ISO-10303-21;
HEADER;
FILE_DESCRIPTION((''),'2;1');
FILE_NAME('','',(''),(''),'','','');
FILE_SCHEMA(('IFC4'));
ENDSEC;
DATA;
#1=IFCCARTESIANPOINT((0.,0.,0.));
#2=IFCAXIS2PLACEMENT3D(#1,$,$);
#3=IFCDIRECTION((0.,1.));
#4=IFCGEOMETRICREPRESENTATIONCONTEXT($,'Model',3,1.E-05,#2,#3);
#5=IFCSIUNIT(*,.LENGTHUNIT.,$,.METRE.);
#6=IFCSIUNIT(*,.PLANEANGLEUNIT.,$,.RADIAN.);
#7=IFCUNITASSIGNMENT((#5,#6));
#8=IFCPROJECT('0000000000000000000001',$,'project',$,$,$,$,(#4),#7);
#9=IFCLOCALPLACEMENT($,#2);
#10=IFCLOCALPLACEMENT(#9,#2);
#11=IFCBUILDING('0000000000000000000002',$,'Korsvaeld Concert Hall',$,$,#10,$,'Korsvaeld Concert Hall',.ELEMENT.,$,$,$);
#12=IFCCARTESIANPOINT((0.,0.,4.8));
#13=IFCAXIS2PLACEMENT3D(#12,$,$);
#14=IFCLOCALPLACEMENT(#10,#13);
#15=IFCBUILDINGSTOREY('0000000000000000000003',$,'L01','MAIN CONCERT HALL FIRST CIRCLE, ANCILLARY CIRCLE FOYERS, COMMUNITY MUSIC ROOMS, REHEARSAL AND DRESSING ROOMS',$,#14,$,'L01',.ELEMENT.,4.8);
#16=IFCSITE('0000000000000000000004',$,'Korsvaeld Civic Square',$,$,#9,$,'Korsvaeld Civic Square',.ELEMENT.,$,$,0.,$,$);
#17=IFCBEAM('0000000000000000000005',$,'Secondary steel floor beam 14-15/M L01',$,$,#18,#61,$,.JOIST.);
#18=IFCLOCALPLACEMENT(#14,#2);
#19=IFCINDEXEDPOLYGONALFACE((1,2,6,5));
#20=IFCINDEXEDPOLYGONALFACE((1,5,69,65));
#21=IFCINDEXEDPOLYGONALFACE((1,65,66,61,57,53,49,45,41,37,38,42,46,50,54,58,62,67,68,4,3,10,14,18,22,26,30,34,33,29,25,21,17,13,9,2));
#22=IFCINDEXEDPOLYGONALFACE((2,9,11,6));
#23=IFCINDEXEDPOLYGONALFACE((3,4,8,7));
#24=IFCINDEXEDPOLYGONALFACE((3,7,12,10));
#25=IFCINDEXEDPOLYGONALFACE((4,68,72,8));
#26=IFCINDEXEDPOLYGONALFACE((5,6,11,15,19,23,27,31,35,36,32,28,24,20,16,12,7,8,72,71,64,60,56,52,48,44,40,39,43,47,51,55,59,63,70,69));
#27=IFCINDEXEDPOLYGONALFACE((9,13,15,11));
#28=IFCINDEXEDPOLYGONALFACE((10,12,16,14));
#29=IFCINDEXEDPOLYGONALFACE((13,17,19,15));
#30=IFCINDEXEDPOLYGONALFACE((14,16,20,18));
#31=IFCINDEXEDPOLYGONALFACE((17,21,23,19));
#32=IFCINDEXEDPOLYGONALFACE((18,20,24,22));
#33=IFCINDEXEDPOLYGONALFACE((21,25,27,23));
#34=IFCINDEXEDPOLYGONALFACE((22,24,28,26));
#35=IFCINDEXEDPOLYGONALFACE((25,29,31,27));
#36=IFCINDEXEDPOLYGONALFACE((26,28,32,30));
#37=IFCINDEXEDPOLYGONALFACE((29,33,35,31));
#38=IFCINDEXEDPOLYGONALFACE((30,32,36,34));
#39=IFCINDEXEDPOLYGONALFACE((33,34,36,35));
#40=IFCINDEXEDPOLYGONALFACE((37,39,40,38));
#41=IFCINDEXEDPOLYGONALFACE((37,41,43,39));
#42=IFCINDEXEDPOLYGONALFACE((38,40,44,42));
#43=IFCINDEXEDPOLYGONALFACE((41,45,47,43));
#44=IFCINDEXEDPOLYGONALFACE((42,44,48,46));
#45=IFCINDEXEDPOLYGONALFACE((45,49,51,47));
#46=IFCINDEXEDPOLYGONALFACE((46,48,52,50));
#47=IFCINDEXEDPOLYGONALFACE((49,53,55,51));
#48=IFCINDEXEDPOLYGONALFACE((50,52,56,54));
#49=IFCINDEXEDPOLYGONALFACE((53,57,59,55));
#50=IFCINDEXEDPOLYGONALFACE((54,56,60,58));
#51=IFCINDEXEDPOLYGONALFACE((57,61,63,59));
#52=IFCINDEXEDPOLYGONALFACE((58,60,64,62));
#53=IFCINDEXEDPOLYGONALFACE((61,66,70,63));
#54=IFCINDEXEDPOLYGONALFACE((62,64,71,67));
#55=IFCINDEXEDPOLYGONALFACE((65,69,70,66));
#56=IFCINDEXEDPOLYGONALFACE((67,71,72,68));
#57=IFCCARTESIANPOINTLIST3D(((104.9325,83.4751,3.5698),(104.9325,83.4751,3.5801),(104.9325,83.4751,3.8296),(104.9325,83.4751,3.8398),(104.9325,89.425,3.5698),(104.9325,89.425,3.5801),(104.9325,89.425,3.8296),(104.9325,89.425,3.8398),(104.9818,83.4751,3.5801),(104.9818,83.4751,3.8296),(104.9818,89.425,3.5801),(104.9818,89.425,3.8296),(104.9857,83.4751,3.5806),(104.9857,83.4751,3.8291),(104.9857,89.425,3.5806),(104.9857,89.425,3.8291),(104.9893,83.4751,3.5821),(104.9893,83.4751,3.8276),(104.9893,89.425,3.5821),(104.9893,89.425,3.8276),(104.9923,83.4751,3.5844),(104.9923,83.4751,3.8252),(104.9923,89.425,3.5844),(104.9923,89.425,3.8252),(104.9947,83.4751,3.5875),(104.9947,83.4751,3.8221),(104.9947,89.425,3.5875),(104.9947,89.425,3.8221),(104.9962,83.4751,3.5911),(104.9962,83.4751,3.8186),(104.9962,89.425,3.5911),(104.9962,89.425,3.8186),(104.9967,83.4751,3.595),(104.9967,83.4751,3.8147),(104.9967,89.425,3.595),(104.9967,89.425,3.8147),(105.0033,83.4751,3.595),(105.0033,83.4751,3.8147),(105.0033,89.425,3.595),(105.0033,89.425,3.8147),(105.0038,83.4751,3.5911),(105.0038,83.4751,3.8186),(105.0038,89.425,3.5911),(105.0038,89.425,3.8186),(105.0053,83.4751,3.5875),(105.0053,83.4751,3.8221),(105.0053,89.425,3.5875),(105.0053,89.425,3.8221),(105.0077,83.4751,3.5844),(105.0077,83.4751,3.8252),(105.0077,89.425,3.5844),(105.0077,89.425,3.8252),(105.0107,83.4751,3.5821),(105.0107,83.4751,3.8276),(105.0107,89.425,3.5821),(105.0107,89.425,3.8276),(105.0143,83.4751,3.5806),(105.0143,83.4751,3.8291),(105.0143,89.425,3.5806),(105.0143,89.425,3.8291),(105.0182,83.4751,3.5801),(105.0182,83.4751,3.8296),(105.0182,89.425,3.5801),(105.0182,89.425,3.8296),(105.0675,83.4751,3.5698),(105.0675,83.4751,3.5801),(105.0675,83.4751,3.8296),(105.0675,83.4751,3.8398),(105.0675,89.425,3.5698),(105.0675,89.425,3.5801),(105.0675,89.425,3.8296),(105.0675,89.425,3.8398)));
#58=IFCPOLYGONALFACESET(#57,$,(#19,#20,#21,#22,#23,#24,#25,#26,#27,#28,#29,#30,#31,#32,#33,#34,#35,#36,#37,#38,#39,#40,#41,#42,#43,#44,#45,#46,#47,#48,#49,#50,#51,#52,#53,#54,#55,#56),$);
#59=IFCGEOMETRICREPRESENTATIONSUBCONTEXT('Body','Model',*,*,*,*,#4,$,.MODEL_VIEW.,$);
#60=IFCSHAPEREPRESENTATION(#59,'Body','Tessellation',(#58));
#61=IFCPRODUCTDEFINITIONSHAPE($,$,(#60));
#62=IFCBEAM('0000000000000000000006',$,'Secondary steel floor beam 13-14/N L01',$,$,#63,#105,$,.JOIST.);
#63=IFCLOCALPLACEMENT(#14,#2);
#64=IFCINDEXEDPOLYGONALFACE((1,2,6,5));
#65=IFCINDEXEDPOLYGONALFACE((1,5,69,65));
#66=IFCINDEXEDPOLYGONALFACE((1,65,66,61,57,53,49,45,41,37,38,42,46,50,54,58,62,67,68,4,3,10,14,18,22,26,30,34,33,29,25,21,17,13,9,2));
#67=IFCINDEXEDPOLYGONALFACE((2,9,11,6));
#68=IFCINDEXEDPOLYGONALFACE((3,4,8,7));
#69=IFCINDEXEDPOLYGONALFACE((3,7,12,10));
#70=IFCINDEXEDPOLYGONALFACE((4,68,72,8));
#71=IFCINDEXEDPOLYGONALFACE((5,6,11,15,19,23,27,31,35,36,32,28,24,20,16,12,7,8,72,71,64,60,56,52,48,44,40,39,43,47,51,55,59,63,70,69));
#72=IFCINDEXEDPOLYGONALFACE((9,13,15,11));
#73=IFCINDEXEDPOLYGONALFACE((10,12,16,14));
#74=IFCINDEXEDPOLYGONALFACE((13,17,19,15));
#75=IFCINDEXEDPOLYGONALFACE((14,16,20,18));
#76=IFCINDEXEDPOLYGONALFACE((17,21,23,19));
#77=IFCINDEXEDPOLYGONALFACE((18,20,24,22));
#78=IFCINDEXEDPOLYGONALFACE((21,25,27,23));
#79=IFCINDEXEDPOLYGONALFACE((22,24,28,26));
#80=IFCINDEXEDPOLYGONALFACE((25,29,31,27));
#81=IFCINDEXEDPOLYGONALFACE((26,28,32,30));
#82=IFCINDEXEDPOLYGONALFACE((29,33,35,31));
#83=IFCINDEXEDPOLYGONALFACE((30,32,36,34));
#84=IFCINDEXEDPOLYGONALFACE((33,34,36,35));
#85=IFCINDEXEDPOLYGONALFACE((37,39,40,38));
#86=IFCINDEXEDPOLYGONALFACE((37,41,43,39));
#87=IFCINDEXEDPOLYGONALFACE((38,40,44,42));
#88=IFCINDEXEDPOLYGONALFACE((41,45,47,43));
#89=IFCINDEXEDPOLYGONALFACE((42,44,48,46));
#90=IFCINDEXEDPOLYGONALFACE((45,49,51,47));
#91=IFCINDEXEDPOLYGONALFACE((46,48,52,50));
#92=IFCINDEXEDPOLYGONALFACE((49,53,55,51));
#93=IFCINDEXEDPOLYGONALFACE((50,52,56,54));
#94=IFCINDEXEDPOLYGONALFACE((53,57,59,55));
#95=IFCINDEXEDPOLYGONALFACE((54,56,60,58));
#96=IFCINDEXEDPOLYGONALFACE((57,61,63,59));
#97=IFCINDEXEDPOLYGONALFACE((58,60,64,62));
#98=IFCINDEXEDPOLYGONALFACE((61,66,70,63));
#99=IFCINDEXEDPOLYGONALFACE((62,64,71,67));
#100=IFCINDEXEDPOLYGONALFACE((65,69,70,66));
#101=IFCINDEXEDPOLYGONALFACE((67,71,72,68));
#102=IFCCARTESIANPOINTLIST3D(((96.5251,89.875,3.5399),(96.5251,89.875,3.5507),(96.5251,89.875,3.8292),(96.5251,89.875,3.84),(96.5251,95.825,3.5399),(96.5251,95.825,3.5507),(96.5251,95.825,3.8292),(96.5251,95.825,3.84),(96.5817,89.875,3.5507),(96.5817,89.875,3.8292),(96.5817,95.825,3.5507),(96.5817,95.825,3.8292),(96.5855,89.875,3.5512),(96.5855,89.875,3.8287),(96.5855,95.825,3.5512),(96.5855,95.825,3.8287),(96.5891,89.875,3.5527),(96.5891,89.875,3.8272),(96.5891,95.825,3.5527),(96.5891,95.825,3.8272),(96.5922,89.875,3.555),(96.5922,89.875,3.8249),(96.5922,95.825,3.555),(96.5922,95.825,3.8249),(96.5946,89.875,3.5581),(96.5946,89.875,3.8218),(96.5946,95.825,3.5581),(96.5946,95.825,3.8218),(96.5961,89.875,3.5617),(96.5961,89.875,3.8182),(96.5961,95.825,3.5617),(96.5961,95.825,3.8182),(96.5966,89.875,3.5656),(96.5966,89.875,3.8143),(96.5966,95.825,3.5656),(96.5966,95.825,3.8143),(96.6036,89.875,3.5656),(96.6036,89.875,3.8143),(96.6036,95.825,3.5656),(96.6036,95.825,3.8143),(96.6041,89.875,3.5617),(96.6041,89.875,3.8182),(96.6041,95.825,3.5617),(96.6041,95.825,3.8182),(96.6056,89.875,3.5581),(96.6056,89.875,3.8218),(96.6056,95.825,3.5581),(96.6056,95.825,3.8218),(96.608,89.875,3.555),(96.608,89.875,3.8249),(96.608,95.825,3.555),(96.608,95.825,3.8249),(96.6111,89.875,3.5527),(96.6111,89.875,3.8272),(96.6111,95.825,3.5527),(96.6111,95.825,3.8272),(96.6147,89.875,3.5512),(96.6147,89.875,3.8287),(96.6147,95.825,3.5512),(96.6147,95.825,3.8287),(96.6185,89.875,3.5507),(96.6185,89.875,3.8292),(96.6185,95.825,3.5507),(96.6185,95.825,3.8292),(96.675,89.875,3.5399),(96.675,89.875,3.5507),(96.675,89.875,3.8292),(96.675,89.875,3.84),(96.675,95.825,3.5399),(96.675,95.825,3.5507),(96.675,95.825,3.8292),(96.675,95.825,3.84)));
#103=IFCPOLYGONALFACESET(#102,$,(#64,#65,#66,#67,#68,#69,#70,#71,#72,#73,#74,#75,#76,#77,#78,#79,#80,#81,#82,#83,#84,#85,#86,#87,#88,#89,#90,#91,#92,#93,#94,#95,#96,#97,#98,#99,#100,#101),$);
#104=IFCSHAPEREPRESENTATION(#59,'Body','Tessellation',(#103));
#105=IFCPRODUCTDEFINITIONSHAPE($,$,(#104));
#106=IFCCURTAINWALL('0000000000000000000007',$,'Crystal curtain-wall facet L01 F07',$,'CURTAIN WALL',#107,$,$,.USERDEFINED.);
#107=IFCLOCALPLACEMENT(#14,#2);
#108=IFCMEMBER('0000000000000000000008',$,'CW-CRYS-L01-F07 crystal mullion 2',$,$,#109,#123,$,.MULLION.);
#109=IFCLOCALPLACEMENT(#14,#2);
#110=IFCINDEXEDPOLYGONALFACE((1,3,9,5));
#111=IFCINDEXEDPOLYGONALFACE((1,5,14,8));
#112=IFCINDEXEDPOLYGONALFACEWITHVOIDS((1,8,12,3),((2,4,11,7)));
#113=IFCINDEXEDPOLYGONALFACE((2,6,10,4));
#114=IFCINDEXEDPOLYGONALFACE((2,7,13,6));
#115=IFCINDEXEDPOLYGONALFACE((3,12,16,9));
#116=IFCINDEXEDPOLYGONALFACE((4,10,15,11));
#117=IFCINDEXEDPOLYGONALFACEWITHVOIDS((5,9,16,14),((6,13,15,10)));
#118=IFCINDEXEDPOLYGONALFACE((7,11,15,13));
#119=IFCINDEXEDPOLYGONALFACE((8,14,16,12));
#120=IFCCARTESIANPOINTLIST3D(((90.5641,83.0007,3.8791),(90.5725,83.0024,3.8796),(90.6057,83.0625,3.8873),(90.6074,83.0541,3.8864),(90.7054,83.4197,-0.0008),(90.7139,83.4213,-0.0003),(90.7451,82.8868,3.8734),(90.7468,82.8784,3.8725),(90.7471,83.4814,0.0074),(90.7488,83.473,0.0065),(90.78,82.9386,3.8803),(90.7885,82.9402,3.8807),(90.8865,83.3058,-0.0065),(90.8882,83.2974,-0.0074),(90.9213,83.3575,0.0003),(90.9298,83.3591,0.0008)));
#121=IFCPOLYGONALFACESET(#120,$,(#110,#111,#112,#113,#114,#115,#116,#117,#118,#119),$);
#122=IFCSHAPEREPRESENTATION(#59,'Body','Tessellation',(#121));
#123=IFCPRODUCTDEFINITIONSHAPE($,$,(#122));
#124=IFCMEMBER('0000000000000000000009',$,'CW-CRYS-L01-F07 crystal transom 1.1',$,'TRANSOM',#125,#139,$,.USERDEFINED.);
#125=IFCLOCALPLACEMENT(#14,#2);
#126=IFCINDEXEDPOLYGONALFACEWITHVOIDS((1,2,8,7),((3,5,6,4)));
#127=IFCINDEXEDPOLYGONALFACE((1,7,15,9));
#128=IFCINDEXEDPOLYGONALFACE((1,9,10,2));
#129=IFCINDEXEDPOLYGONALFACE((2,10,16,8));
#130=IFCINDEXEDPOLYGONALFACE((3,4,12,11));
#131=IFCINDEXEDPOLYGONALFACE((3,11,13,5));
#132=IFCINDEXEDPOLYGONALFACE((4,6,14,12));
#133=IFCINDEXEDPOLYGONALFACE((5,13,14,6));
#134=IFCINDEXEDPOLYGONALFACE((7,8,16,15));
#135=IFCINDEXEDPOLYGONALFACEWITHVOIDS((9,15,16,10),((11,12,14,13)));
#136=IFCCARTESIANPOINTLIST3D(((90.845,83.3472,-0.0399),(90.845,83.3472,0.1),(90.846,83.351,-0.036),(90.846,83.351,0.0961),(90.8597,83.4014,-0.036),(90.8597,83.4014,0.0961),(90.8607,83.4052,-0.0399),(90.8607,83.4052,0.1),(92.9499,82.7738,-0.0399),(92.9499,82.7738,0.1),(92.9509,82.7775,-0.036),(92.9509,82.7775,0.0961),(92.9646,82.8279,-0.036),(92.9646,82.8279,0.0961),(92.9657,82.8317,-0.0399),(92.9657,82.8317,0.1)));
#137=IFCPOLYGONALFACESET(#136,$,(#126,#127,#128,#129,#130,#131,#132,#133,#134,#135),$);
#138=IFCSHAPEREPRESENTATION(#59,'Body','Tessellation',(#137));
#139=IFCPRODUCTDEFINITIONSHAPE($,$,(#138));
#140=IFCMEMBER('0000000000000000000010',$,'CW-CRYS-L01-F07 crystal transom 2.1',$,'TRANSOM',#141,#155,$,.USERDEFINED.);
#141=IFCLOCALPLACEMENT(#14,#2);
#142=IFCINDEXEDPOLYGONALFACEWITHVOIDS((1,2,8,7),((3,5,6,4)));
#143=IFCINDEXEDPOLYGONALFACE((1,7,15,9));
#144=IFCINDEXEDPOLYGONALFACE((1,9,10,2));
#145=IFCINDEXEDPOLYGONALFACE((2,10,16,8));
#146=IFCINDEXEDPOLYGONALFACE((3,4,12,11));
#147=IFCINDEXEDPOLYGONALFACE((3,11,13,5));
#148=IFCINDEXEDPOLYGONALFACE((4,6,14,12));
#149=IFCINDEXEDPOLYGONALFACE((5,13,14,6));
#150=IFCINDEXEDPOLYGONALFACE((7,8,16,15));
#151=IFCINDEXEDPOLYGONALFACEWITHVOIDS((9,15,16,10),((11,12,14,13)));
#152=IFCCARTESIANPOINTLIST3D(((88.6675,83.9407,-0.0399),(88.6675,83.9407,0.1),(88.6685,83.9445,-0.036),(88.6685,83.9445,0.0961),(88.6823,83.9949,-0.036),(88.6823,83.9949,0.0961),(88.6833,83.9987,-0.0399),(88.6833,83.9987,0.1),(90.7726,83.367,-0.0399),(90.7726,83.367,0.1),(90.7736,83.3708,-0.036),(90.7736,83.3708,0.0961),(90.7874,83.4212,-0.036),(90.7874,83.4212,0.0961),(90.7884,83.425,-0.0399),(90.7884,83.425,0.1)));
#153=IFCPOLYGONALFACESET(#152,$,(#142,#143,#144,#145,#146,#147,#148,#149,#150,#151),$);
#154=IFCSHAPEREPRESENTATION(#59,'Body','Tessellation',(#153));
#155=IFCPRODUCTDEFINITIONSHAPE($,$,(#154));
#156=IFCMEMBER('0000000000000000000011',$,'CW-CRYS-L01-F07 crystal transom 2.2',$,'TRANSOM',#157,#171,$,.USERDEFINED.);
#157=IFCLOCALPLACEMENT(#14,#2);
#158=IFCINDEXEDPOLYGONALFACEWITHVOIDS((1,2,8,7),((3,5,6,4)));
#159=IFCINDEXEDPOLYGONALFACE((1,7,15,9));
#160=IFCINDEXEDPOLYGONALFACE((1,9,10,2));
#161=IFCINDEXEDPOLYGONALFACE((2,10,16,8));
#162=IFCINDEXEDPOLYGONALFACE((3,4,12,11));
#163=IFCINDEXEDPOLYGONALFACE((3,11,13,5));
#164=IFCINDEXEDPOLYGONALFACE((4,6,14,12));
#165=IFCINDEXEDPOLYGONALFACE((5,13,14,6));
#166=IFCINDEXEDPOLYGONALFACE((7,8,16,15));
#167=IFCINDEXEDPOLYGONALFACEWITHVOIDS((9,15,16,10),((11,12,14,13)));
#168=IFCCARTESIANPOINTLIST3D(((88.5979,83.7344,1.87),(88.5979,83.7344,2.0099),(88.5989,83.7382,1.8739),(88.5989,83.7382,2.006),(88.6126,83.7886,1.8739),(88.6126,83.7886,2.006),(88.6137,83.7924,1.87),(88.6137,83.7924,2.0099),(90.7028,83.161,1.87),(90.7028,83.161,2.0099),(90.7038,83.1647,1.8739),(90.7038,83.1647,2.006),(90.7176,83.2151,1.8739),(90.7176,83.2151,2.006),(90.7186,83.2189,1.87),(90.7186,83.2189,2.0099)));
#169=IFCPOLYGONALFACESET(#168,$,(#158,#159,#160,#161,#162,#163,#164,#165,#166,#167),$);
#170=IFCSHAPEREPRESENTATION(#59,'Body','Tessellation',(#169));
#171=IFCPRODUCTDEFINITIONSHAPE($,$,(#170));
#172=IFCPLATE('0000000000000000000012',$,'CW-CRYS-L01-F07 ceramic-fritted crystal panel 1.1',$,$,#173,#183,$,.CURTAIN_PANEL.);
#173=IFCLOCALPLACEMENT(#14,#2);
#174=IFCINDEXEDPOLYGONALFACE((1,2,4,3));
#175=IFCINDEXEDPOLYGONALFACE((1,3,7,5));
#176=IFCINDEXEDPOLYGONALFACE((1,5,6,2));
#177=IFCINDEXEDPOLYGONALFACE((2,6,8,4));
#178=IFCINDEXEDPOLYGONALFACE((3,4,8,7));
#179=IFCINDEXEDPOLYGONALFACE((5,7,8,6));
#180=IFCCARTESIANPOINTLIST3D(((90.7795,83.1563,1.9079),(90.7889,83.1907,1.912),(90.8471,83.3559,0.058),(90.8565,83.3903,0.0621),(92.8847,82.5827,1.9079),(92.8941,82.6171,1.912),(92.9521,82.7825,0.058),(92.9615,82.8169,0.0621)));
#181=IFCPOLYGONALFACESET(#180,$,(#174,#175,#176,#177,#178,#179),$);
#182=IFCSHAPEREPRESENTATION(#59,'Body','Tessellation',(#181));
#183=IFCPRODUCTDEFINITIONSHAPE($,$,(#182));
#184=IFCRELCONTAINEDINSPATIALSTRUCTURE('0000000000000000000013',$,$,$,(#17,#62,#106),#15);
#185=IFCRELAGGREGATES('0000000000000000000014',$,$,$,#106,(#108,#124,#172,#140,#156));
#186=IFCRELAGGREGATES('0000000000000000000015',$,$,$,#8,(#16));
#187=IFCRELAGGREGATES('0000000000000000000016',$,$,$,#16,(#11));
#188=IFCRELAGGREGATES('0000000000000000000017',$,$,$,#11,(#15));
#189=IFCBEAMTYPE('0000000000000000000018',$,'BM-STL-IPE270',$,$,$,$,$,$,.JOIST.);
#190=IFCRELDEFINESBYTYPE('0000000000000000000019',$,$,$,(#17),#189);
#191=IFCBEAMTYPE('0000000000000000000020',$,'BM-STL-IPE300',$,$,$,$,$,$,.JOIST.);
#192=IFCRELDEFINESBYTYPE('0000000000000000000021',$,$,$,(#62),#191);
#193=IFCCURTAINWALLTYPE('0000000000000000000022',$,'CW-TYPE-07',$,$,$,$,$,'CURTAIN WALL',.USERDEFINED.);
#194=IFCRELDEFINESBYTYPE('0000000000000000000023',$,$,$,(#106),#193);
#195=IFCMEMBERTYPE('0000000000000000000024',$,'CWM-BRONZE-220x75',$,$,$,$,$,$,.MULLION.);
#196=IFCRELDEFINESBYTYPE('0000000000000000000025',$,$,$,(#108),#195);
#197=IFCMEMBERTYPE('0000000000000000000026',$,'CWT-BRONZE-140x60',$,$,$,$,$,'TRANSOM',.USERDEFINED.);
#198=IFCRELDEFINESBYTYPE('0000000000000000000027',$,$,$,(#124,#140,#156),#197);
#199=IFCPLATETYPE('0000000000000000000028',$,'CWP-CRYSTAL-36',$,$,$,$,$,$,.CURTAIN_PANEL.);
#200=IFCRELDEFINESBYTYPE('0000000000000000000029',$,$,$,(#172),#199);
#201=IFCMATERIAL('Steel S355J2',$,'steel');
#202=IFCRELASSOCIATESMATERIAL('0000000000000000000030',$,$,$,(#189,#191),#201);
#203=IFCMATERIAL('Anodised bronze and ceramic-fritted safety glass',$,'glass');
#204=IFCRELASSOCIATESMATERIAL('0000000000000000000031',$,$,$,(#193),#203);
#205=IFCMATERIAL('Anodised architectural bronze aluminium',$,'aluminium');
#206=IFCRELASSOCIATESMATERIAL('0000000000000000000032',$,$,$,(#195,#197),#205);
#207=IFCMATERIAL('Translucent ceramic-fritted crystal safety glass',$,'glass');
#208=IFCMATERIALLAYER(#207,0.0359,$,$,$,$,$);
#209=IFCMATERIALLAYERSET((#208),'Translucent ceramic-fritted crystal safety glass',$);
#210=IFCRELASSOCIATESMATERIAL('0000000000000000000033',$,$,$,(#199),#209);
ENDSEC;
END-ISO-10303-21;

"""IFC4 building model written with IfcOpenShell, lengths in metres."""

from ifc_helpers import new_model, si_unit, direction, frame, origin, origin_2d, place, context, subcontext, project, spatial, polyline, hollow_rectangle, i_section, outline, extrude, material, layer, layer_set, material_profile, profile_set, type_object, element, aggregate, save


model = new_model("IFC4")

# Units and contexts
model_context = context("Model", 3, precision=1e-05, world=origin(), true_north=direction((0.0, 1.0)))
body_context = subcontext(model_context, "Body", "Model", "MODEL_VIEW")
ifc_project = project(units=[si_unit("LENGTHUNIT", "METRE"), si_unit("PLANEANGLEUNIT", "RADIAN")], contexts=[model_context])

# Site, building, storey
site_placement = place(None, origin())
site = spatial("IfcSite", under=ifc_project, at=site_placement, Name="Korsvaeld Civic Square", LongName="Korsvaeld Civic Square", CompositionType="ELEMENT", RefElevation=0.0)
building_placement = place(site_placement, origin())
building = spatial("IfcBuilding", under=site, at=building_placement, Name="Korsvaeld Concert Hall", LongName="Korsvaeld Concert Hall", CompositionType="ELEMENT")
storey_placement = place(building_placement, frame((0.0, 0.0, 4.8)))
storey = spatial("IfcBuildingStorey", under=building, at=storey_placement, Name="L01", Description="MAIN CONCERT HALL FIRST CIRCLE, ANCILLARY CIRCLE FOYERS, COMMUNITY MUSIC ROOMS, REHEARSAL AND DRESSING ROOMS", LongName="L01", CompositionType="ELEMENT", Elevation=4.8)

# Beams
ifc_material_1 = material(Name="Steel S355J2", Category="steel")
ifc_material_profile_1 = material_profile(ifc_material_1, i_section(OverallWidth=0.135, OverallDepth=0.27, WebThickness=0.0066, FlangeThickness=0.0103, FilletRadius=0.0149, at=origin_2d()), Name="IPE 270")
ifc_profile_set_1 = profile_set([ifc_material_profile_1], Name="Steel S355J2")
beam_type_1 = type_object("IfcBeamType", Name="BM-STL-IPE270", PredefinedType="JOIST", material=ifc_profile_set_1)
beam_1_placement = place(storey_placement, frame((105.0, 83.4751, 3.7048), z_axis=(0.0, 1.0, 0.0), x_axis=(-1.0, 0.0, 0.0)))
element("IfcBeam", 1, at=beam_1_placement, inside=storey, type_object=beam_type_1, Name="Secondary steel floor beam 14-15/M L01", PredefinedType="JOIST", context=body_context, shape_type="SweptSolid", body=[
    extrude(i_section(OverallWidth=0.135, OverallDepth=0.27, WebThickness=0.0066, FlangeThickness=0.0103, FilletRadius=0.0149, at=origin_2d()), origin(), (0.0, 0.0, 1.0), 5.95),
])
ifc_material_profile_2 = material_profile(ifc_material_1, i_section(OverallWidth=0.1499, OverallDepth=0.3, WebThickness=0.0071, FlangeThickness=0.0107, FilletRadius=0.0149, at=origin_2d()), Name="IPE 300")
ifc_profile_set_2 = profile_set([ifc_material_profile_2], Name="Steel S355J2")
beam_type_2 = type_object("IfcBeamType", Name="BM-STL-IPE300", PredefinedType="JOIST", material=ifc_profile_set_2)
beam_2_placement = place(storey_placement, frame((96.6001, 89.875, 3.6899), z_axis=(0.0, 1.0, 0.0), x_axis=(-1.0, 0.0, 0.0)))
element("IfcBeam", 2, at=beam_2_placement, inside=storey, type_object=beam_type_2, Name="Secondary steel floor beam 13-14/N L01", PredefinedType="JOIST", context=body_context, shape_type="SweptSolid", body=[
    extrude(i_section(OverallWidth=0.1499, OverallDepth=0.3, WebThickness=0.0071, FlangeThickness=0.0107, FilletRadius=0.0149, at=origin_2d()), origin(), (0.0, 0.0, 1.0), 5.95),
])

# Curtain wall, members, plate
ifc_material_2 = material(Name="Anodised bronze and ceramic-fritted safety glass", Category="glass")
curtain_wall_type = type_object("IfcCurtainWallType", Name="CW-TYPE-07", ElementType="CURTAIN WALL", PredefinedType="USERDEFINED", material=ifc_material_2)
curtain_wall_placement = place(storey_placement, origin())
curtain_wall = element("IfcCurtainWall", 3, at=curtain_wall_placement, inside=storey, type_object=curtain_wall_type, Name="Crystal curtain-wall facet L01 F07", ObjectType="CURTAIN WALL", PredefinedType="USERDEFINED")
ifc_material_3 = material(Name="Anodised architectural bronze aluminium", Category="aluminium")
ifc_material_profile_3 = material_profile(ifc_material_3, hollow_rectangle(XDim=0.075, YDim=0.22, WallThickness=0.0061, at=origin_2d()), Name="CWM 220x75x6")
ifc_profile_set_3 = profile_set([ifc_material_profile_3], Name="Anodised architectural bronze aluminium")
member_type_1 = type_object("IfcMemberType", Name="CWM-BRONZE-220x75", PredefinedType="MULLION", material=ifc_profile_set_3)
member_1_placement = place(storey_placement, frame((90.8176, 83.3894, 0.0), z_axis=(-0.036199, -0.107284, 0.993569), x_axis=(-0.555586, -0.824251, -0.109244)))
member_1 = element("IfcMember", 4, at=member_1_placement, type_object=member_type_1, Name="CW-CRYS-L01-F07 crystal mullion 2", PredefinedType="MULLION", context=body_context, shape_type="SweptSolid", body=[
    extrude(hollow_rectangle(XDim=0.075, YDim=0.22, WallThickness=0.0061, at=origin_2d()), origin(), (0.0, 0.0, 1.0), 3.905),
])
ifc_material_profile_4 = material_profile(ifc_material_3, hollow_rectangle(XDim=0.0601, YDim=0.1399, WallThickness=0.0039, at=origin_2d()), Name="CWT 140x60x4")
ifc_profile_set_4 = profile_set([ifc_material_profile_4], Name="Anodised architectural bronze aluminium")
member_type_2 = type_object("IfcMemberType", Name="CWT-BRONZE-140x60", ElementType="TRANSOM", PredefinedType="USERDEFINED", material=ifc_profile_set_4)
member_2_placement = place(storey_placement, frame((92.9578, 82.8027, 0.03), z_axis=(-0.964834, 0.262862, 0.0), x_axis=(-0.262862, -0.964834, 0.0)))
member_2 = element("IfcMember", 5, at=member_2_placement, type_object=member_type_2, Name="CW-CRYS-L01-F07 crystal transom 1.1", ObjectType="TRANSOM", PredefinedType="USERDEFINED", context=body_context, shape_type="SweptSolid", body=[
    extrude(hollow_rectangle(XDim=0.0601, YDim=0.1399, WallThickness=0.0039, at=origin_2d()), origin(), (0.0, 0.0, 1.0), 2.1816),
])
member_3_placement = place(storey_placement, frame((90.7805, 83.396, 0.03), z_axis=(-0.964813, 0.262938, 0.0), x_axis=(-0.262938, -0.964813, 0.0)))
member_3 = element("IfcMember", 6, at=member_3_placement, type_object=member_type_2, Name="CW-CRYS-L01-F07 crystal transom 2.1", ObjectType="TRANSOM", PredefinedType="USERDEFINED", context=body_context, shape_type="SweptSolid", body=[
    extrude(hollow_rectangle(XDim=0.0601, YDim=0.1399, WallThickness=0.0039, at=origin_2d()), origin(), (0.0, 0.0, 1.0), 2.1819),
])
member_4_placement = place(storey_placement, frame((90.7107, 83.1899, 1.9399), z_axis=(-0.964834, 0.262862, 0.0), x_axis=(-0.262862, -0.964834, 0.0)))
member_4 = element("IfcMember", 7, at=member_4_placement, type_object=member_type_2, Name="CW-CRYS-L01-F07 crystal transom 2.2", ObjectType="TRANSOM", PredefinedType="USERDEFINED", context=body_context, shape_type="SweptSolid", body=[
    extrude(hollow_rectangle(XDim=0.0601, YDim=0.1399, WallThickness=0.0039, at=origin_2d()), origin(), (0.0, 0.0, 1.0), 2.1816),
])
ifc_material_4 = material(Name="Translucent ceramic-fritted crystal safety glass", Category="glass")
ifc_layer_1 = layer(ifc_material_4, 0.0359)
ifc_layer_set_1 = layer_set([ifc_layer_1], Name="Translucent ceramic-fritted crystal safety glass")
plate_type = type_object("IfcPlateType", Name="CWP-CRYSTAL-36", PredefinedType="CURTAIN_PANEL", material=ifc_layer_set_1)
plate_1_placement = place(storey_placement, frame((92.9568, 82.7996, 0.0601), z_axis=(0.261163, 0.958655, 0.113025), x_axis=(-0.964837, 0.262848, -0.000002)))
plate_1 = element("IfcPlate", 8, at=plate_1_placement, type_object=plate_type, Name="CW-CRYS-L01-F07 ceramic-fritted crystal panel 1.1", PredefinedType="CURTAIN_PANEL", context=body_context, shape_type="SweptSolid", body=[
    extrude(outline(polyline([(0.0, 0.0), (2.1817, 0.0), (2.1945, 1.8618), (0.0125, 1.8618), (0.0, 0.0)])), frame((0.0, 0.0, 0.0181)), (0.0, 0.0, -1.0), 0.0359),
])
aggregate(curtain_wall, [member_1, member_2, plate_1, member_3, member_4])

save(model, "model.ifc")
